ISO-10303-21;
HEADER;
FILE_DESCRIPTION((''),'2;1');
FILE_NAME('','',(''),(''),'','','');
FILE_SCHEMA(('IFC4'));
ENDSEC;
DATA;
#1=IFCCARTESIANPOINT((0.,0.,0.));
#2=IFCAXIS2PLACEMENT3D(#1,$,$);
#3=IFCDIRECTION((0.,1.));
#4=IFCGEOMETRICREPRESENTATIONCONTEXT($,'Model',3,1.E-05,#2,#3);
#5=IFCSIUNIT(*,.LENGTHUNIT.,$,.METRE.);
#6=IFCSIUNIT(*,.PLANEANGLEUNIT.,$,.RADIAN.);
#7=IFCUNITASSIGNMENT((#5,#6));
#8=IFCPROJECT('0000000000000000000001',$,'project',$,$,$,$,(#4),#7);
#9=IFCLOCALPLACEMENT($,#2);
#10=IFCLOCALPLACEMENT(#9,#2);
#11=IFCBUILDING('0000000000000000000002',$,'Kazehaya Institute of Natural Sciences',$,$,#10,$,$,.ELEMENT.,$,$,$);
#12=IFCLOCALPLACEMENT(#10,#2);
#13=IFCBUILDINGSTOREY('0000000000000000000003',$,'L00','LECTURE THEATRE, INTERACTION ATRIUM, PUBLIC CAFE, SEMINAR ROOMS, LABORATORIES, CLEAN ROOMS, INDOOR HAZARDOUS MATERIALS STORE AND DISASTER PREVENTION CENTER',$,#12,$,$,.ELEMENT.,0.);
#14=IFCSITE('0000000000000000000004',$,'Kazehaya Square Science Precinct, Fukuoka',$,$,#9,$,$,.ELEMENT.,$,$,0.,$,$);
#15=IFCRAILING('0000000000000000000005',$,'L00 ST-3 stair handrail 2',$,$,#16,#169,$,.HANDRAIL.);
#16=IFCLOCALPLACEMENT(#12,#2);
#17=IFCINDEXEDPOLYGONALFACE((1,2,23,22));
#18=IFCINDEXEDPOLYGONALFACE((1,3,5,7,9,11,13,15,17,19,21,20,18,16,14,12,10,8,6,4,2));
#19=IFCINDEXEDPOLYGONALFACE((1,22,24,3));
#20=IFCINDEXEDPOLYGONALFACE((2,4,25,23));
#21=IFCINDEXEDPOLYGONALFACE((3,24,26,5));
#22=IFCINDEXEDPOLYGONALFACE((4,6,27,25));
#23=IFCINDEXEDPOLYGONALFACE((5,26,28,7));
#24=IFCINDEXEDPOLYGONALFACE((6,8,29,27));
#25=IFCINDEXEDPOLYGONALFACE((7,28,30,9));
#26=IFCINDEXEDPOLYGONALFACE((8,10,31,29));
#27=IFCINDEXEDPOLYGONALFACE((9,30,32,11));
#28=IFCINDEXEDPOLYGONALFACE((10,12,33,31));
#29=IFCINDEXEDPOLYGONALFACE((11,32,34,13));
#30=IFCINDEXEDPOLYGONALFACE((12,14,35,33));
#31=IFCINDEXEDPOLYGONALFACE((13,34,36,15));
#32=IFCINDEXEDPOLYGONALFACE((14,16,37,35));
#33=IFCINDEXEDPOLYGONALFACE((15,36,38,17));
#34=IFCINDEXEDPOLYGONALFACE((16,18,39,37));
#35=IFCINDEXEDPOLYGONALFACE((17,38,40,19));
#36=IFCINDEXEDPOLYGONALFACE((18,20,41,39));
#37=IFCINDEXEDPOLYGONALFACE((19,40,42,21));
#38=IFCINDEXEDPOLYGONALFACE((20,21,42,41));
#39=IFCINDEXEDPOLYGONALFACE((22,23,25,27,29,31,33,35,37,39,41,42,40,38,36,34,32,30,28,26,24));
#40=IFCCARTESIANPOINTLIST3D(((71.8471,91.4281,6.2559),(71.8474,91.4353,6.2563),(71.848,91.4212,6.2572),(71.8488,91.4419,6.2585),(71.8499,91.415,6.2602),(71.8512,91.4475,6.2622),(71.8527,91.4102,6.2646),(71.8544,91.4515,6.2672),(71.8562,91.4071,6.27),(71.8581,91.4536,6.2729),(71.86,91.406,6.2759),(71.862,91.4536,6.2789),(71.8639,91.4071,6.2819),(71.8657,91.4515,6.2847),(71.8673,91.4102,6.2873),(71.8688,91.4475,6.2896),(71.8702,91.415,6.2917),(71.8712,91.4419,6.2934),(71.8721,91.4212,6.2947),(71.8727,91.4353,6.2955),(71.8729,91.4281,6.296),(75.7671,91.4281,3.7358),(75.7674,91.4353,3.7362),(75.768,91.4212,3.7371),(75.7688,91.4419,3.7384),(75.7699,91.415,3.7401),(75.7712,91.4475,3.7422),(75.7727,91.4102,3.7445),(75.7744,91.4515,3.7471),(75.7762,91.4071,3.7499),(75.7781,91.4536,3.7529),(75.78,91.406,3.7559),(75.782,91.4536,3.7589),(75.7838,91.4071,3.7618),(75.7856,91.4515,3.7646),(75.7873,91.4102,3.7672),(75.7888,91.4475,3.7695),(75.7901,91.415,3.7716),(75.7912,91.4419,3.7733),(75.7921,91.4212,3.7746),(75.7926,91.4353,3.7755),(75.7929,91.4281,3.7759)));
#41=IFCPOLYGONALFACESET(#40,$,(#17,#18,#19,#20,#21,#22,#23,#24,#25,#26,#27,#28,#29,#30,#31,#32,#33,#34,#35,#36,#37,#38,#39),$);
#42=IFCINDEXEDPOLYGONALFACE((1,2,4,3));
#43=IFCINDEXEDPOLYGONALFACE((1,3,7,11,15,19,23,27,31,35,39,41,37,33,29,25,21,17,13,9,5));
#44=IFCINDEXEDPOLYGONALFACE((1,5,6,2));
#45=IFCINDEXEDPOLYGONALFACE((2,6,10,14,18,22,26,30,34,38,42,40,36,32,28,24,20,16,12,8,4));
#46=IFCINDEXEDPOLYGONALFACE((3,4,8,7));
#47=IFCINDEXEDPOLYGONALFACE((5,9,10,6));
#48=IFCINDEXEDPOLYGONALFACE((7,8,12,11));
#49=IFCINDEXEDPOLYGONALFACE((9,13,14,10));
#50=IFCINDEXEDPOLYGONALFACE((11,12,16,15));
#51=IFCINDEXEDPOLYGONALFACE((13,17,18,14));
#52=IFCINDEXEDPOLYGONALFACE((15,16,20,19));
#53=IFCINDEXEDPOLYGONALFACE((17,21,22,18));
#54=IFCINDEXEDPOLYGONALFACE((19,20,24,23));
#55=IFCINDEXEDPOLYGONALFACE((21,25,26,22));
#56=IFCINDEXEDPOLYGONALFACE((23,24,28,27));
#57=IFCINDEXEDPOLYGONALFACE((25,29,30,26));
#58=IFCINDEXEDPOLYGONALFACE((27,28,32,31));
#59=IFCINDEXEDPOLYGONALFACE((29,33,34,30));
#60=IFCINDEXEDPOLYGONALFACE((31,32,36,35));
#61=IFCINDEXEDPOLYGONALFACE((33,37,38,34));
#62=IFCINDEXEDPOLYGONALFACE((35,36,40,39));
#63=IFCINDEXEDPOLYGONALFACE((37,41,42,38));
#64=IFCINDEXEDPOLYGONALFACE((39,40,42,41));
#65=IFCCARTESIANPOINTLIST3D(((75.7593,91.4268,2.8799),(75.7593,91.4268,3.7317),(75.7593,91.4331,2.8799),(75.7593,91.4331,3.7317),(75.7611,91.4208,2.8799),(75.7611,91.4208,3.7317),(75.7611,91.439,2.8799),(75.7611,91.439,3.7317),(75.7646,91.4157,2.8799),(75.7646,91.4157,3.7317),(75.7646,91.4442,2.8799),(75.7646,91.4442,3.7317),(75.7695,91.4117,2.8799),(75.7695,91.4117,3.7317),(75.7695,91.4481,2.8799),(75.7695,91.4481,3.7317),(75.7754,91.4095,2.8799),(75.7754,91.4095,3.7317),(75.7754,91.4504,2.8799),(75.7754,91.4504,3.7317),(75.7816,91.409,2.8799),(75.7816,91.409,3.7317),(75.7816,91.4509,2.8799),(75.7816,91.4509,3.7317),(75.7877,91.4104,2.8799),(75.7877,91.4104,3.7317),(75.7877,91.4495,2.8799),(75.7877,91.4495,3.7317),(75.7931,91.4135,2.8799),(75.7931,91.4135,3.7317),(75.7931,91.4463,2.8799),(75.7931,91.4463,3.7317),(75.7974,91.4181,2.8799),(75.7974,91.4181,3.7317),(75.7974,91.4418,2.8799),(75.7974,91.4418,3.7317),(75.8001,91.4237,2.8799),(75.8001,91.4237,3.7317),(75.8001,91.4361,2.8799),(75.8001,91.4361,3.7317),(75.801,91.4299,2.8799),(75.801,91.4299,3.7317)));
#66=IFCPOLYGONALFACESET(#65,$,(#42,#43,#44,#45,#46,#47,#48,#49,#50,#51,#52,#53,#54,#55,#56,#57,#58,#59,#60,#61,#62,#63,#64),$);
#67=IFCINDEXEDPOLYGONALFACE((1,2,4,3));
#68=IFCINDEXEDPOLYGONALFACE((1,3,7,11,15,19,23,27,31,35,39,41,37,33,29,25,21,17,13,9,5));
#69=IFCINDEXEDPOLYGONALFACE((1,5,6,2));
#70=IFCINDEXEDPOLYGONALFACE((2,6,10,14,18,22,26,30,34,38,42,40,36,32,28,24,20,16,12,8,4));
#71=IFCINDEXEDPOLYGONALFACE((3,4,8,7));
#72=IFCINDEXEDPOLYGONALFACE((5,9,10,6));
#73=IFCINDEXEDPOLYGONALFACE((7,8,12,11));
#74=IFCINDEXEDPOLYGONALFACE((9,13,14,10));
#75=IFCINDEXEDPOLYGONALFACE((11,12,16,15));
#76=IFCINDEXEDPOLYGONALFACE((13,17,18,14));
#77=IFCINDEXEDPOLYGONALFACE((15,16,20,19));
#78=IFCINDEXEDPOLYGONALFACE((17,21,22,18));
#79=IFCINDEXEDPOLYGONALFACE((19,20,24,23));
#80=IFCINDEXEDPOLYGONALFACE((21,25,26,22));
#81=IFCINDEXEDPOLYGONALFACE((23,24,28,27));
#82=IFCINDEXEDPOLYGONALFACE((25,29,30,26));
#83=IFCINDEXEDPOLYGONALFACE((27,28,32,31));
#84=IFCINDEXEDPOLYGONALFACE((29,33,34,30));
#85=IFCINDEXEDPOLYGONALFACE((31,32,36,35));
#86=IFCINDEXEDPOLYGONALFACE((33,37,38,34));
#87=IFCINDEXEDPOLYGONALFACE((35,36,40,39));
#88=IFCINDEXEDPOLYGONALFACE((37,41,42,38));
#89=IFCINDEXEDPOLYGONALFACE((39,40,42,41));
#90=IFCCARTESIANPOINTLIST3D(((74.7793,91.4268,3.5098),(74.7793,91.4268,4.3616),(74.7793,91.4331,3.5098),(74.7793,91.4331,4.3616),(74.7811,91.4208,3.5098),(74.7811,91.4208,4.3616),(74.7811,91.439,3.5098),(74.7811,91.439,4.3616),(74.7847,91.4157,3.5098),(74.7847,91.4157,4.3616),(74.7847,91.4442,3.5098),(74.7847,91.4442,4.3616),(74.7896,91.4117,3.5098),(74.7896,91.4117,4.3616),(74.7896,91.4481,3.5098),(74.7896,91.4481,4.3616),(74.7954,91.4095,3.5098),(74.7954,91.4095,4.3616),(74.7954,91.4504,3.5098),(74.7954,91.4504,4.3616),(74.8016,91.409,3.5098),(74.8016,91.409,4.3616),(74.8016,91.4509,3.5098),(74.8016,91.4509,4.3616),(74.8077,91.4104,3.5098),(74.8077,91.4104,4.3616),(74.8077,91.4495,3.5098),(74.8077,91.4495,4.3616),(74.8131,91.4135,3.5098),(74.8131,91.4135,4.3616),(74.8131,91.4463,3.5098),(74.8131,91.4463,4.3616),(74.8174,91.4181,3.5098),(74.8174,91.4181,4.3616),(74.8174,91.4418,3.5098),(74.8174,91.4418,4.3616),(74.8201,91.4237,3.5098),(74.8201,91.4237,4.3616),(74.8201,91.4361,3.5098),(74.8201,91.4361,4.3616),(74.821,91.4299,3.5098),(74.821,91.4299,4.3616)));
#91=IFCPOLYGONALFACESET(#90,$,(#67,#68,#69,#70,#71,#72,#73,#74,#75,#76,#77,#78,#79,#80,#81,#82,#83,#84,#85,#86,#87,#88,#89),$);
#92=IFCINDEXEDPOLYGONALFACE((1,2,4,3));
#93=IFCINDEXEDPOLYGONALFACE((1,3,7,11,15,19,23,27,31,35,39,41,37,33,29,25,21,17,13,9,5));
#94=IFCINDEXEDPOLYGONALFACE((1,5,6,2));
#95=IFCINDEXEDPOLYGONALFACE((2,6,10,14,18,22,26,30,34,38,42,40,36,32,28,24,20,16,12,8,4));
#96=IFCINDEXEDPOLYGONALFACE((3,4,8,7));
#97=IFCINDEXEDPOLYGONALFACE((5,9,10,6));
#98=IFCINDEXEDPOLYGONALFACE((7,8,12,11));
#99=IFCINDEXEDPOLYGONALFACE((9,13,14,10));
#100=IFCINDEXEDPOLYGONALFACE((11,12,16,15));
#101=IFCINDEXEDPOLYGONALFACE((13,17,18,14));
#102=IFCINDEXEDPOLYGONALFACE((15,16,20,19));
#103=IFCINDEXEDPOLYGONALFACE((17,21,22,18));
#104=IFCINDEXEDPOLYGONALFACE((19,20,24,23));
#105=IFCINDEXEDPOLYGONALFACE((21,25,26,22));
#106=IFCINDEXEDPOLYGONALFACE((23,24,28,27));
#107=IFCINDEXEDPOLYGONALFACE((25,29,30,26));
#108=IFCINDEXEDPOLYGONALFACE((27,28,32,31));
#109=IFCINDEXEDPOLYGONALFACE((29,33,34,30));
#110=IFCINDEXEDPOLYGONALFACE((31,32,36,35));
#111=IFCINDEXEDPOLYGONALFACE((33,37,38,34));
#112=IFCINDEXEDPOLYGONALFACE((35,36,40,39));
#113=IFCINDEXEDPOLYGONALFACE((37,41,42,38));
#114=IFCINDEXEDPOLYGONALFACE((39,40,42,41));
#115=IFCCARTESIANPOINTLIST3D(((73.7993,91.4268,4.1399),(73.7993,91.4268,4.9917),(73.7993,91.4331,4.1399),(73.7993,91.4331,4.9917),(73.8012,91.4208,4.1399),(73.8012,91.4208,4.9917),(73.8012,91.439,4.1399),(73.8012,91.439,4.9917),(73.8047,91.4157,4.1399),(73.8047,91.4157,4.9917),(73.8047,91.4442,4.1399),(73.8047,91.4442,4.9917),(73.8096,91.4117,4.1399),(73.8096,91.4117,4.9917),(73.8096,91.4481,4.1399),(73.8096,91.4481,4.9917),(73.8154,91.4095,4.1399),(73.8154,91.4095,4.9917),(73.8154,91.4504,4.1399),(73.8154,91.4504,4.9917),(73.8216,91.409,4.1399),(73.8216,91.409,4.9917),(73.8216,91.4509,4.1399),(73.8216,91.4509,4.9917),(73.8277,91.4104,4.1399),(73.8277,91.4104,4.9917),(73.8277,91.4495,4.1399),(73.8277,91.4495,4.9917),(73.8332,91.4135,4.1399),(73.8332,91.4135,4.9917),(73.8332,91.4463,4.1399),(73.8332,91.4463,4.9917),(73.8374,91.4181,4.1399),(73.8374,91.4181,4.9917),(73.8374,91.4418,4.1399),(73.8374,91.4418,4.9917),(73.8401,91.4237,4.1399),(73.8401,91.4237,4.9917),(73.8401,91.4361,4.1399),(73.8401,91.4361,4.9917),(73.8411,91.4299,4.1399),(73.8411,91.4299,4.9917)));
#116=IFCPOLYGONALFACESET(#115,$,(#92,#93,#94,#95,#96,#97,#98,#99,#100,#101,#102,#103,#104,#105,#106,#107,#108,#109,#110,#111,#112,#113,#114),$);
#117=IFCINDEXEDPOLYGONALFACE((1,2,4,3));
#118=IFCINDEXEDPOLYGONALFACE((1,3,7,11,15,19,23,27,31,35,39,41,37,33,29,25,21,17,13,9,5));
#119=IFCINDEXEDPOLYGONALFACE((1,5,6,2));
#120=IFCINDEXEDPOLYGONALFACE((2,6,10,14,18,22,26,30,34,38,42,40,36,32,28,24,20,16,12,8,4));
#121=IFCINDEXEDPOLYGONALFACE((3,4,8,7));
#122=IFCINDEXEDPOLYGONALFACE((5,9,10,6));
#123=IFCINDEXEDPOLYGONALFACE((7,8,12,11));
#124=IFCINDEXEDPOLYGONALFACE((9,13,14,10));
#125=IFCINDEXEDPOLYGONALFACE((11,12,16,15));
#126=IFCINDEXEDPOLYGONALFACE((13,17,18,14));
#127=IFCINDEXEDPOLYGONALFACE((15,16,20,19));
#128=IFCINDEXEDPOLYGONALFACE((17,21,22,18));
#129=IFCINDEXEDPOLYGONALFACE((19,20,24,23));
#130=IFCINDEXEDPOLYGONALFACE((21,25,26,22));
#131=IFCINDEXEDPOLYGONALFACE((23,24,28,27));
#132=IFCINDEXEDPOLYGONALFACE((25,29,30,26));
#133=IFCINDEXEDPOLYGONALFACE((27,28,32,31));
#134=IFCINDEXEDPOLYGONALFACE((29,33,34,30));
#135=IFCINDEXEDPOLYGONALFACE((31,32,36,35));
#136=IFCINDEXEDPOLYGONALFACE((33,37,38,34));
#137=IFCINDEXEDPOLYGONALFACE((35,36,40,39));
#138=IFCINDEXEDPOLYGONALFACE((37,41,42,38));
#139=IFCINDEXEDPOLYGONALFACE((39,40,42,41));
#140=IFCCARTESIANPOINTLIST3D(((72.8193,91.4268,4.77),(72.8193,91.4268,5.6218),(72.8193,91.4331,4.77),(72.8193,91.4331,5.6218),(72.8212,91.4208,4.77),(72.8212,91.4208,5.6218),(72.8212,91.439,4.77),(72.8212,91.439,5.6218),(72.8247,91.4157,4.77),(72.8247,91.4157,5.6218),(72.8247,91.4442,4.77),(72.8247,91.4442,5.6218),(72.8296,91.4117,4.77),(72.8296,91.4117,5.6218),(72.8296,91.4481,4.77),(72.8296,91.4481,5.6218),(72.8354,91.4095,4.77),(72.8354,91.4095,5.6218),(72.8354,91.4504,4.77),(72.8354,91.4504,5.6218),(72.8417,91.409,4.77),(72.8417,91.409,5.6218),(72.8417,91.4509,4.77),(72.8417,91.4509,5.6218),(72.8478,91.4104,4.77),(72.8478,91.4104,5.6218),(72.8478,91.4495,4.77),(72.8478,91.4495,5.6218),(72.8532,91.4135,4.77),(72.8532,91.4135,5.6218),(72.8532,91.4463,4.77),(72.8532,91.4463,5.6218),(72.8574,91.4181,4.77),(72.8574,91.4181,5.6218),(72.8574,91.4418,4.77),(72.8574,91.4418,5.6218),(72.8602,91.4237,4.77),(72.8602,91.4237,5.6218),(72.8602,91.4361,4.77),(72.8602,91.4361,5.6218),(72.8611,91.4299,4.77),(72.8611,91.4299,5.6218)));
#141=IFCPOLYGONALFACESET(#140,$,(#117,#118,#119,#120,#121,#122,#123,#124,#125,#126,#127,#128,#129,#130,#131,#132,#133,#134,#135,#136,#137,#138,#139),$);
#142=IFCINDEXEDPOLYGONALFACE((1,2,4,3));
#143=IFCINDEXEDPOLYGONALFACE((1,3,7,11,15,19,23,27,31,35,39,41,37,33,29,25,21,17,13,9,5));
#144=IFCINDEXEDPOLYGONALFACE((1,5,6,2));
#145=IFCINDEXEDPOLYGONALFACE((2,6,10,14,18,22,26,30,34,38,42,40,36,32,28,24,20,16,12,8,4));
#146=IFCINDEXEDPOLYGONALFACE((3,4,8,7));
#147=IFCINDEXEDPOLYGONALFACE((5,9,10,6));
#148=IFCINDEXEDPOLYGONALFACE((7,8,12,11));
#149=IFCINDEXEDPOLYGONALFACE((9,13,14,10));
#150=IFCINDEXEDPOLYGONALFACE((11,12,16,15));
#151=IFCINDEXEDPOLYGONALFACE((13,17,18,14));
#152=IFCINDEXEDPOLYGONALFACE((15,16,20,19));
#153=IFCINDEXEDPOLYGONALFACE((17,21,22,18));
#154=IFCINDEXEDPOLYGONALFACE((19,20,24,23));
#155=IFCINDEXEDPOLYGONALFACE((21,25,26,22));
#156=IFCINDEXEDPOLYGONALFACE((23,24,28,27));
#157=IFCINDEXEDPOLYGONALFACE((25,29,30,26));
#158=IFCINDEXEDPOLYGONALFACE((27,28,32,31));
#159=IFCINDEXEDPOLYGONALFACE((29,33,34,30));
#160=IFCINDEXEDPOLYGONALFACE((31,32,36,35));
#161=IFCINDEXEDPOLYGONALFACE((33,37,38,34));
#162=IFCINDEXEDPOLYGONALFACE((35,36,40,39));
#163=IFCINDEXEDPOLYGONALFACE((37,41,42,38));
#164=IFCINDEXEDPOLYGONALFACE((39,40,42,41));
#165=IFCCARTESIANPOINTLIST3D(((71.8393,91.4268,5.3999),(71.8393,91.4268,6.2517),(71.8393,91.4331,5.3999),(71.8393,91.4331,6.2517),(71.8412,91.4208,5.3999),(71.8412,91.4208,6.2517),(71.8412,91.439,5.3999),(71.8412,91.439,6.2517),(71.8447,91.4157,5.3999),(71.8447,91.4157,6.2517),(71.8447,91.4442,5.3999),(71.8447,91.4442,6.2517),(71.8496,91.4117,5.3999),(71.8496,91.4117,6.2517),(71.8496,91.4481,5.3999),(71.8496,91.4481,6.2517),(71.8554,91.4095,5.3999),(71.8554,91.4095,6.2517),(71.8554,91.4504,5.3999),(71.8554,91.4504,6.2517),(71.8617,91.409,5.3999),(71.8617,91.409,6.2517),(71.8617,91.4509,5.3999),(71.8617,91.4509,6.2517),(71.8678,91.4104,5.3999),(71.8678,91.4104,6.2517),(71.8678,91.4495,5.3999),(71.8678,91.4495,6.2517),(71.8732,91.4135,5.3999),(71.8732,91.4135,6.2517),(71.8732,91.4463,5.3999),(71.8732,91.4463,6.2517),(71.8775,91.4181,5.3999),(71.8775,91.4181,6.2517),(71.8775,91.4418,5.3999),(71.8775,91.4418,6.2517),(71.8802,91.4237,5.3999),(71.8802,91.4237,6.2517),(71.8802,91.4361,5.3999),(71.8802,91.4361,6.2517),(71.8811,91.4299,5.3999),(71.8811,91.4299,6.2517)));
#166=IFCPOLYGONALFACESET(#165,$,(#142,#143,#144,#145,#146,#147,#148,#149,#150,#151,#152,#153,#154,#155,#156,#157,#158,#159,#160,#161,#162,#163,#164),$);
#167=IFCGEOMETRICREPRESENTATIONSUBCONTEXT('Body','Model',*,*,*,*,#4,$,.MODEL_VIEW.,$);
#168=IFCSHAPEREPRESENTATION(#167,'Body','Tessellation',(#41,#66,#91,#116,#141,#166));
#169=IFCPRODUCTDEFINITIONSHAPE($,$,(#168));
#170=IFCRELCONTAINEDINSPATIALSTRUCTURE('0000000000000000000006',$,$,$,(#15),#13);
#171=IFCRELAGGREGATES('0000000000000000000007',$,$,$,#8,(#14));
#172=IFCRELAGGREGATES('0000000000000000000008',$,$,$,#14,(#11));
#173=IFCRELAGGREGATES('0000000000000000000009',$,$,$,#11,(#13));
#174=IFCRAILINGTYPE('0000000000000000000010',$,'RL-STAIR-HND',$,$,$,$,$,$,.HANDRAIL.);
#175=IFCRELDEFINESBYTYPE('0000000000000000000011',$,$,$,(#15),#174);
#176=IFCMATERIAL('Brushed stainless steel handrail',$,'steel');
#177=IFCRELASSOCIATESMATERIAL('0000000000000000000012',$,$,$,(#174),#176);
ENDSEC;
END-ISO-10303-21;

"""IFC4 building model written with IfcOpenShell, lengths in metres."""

from ifc_helpers import new_model, si_unit, direction, frame, origin, origin_2d, place, context, subcontext, project, spatial, circle, extrude, material, type_object, element, save


model = new_model("IFC4")

# Units and contexts
model_context = context("Model", 3, precision=1e-05, world=origin(), true_north=direction((0.0, 1.0)))
body_context = subcontext(model_context, "Body", "Model", "MODEL_VIEW")
ifc_project = project(units=[si_unit("LENGTHUNIT", "METRE"), si_unit("PLANEANGLEUNIT", "RADIAN")], contexts=[model_context])

# Site, building, storey
site_placement = place(None, origin())
site = spatial("IfcSite", under=ifc_project, at=site_placement, Name="Kazehaya Square Science Precinct, Fukuoka", CompositionType="ELEMENT", RefElevation=0.0)
building_placement = place(site_placement, origin())
building = spatial("IfcBuilding", under=site, at=building_placement, Name="Kazehaya Institute of Natural Sciences", CompositionType="ELEMENT")
storey_placement = place(building_placement, origin())
storey = spatial("IfcBuildingStorey", under=building, at=storey_placement, Name="L00", Description="LECTURE THEATRE, INTERACTION ATRIUM, PUBLIC CAFE, SEMINAR ROOMS, LABORATORIES, CLEAN ROOMS, INDOOR HAZARDOUS MATERIALS STORE AND DISASTER PREVENTION CENTER", CompositionType="ELEMENT", Elevation=0.0)

# Railing
ifc_material_1 = material(Name="Brushed stainless steel handrail", Category="steel")
railing_type_1 = type_object("IfcRailingType", Name="RL-STAIR-HND", PredefinedType="HANDRAIL", material=ifc_material_1)
railing_1_placement = place(storey_placement, frame((75.78, 91.4299, 2.8799)))
element("IfcRailing", 1, at=railing_1_placement, inside=storey, type_object=railing_type_1, Name="L00 ST-3 stair handrail 2", PredefinedType="HANDRAIL", context=body_context, shape_type="SweptSolid", body=[
    extrude(circle(Radius=0.0239, at=origin_2d()), frame((0.0, 0.0, 0.876), z_axis=(-0.841172, 0.0, 0.540768), x_axis=(0.0, -1.0, 0.0)), (0.0, 0.0, 1.0), 4.6602),
    extrude(circle(Radius=0.021, at=origin_2d()), origin(), (0.0, 0.0, 1.0), 0.8518),
    extrude(circle(Radius=0.021, at=origin_2d()), frame((-0.98, 0.0, 0.6299)), (0.0, 0.0, 1.0), 0.8518),
    extrude(circle(Radius=0.021, at=origin_2d()), frame((-1.96, 0.0, 1.26)), (0.0, 0.0, 1.0), 0.8518),
    extrude(circle(Radius=0.021, at=origin_2d()), frame((-2.9399, 0.0, 1.8901)), (0.0, 0.0, 1.0), 0.8518),
    extrude(circle(Radius=0.021, at=origin_2d()), frame((-3.9199, 0.0, 2.52)), (0.0, 0.0, 1.0), 0.8518),
])

save(model, "model.ifc")
